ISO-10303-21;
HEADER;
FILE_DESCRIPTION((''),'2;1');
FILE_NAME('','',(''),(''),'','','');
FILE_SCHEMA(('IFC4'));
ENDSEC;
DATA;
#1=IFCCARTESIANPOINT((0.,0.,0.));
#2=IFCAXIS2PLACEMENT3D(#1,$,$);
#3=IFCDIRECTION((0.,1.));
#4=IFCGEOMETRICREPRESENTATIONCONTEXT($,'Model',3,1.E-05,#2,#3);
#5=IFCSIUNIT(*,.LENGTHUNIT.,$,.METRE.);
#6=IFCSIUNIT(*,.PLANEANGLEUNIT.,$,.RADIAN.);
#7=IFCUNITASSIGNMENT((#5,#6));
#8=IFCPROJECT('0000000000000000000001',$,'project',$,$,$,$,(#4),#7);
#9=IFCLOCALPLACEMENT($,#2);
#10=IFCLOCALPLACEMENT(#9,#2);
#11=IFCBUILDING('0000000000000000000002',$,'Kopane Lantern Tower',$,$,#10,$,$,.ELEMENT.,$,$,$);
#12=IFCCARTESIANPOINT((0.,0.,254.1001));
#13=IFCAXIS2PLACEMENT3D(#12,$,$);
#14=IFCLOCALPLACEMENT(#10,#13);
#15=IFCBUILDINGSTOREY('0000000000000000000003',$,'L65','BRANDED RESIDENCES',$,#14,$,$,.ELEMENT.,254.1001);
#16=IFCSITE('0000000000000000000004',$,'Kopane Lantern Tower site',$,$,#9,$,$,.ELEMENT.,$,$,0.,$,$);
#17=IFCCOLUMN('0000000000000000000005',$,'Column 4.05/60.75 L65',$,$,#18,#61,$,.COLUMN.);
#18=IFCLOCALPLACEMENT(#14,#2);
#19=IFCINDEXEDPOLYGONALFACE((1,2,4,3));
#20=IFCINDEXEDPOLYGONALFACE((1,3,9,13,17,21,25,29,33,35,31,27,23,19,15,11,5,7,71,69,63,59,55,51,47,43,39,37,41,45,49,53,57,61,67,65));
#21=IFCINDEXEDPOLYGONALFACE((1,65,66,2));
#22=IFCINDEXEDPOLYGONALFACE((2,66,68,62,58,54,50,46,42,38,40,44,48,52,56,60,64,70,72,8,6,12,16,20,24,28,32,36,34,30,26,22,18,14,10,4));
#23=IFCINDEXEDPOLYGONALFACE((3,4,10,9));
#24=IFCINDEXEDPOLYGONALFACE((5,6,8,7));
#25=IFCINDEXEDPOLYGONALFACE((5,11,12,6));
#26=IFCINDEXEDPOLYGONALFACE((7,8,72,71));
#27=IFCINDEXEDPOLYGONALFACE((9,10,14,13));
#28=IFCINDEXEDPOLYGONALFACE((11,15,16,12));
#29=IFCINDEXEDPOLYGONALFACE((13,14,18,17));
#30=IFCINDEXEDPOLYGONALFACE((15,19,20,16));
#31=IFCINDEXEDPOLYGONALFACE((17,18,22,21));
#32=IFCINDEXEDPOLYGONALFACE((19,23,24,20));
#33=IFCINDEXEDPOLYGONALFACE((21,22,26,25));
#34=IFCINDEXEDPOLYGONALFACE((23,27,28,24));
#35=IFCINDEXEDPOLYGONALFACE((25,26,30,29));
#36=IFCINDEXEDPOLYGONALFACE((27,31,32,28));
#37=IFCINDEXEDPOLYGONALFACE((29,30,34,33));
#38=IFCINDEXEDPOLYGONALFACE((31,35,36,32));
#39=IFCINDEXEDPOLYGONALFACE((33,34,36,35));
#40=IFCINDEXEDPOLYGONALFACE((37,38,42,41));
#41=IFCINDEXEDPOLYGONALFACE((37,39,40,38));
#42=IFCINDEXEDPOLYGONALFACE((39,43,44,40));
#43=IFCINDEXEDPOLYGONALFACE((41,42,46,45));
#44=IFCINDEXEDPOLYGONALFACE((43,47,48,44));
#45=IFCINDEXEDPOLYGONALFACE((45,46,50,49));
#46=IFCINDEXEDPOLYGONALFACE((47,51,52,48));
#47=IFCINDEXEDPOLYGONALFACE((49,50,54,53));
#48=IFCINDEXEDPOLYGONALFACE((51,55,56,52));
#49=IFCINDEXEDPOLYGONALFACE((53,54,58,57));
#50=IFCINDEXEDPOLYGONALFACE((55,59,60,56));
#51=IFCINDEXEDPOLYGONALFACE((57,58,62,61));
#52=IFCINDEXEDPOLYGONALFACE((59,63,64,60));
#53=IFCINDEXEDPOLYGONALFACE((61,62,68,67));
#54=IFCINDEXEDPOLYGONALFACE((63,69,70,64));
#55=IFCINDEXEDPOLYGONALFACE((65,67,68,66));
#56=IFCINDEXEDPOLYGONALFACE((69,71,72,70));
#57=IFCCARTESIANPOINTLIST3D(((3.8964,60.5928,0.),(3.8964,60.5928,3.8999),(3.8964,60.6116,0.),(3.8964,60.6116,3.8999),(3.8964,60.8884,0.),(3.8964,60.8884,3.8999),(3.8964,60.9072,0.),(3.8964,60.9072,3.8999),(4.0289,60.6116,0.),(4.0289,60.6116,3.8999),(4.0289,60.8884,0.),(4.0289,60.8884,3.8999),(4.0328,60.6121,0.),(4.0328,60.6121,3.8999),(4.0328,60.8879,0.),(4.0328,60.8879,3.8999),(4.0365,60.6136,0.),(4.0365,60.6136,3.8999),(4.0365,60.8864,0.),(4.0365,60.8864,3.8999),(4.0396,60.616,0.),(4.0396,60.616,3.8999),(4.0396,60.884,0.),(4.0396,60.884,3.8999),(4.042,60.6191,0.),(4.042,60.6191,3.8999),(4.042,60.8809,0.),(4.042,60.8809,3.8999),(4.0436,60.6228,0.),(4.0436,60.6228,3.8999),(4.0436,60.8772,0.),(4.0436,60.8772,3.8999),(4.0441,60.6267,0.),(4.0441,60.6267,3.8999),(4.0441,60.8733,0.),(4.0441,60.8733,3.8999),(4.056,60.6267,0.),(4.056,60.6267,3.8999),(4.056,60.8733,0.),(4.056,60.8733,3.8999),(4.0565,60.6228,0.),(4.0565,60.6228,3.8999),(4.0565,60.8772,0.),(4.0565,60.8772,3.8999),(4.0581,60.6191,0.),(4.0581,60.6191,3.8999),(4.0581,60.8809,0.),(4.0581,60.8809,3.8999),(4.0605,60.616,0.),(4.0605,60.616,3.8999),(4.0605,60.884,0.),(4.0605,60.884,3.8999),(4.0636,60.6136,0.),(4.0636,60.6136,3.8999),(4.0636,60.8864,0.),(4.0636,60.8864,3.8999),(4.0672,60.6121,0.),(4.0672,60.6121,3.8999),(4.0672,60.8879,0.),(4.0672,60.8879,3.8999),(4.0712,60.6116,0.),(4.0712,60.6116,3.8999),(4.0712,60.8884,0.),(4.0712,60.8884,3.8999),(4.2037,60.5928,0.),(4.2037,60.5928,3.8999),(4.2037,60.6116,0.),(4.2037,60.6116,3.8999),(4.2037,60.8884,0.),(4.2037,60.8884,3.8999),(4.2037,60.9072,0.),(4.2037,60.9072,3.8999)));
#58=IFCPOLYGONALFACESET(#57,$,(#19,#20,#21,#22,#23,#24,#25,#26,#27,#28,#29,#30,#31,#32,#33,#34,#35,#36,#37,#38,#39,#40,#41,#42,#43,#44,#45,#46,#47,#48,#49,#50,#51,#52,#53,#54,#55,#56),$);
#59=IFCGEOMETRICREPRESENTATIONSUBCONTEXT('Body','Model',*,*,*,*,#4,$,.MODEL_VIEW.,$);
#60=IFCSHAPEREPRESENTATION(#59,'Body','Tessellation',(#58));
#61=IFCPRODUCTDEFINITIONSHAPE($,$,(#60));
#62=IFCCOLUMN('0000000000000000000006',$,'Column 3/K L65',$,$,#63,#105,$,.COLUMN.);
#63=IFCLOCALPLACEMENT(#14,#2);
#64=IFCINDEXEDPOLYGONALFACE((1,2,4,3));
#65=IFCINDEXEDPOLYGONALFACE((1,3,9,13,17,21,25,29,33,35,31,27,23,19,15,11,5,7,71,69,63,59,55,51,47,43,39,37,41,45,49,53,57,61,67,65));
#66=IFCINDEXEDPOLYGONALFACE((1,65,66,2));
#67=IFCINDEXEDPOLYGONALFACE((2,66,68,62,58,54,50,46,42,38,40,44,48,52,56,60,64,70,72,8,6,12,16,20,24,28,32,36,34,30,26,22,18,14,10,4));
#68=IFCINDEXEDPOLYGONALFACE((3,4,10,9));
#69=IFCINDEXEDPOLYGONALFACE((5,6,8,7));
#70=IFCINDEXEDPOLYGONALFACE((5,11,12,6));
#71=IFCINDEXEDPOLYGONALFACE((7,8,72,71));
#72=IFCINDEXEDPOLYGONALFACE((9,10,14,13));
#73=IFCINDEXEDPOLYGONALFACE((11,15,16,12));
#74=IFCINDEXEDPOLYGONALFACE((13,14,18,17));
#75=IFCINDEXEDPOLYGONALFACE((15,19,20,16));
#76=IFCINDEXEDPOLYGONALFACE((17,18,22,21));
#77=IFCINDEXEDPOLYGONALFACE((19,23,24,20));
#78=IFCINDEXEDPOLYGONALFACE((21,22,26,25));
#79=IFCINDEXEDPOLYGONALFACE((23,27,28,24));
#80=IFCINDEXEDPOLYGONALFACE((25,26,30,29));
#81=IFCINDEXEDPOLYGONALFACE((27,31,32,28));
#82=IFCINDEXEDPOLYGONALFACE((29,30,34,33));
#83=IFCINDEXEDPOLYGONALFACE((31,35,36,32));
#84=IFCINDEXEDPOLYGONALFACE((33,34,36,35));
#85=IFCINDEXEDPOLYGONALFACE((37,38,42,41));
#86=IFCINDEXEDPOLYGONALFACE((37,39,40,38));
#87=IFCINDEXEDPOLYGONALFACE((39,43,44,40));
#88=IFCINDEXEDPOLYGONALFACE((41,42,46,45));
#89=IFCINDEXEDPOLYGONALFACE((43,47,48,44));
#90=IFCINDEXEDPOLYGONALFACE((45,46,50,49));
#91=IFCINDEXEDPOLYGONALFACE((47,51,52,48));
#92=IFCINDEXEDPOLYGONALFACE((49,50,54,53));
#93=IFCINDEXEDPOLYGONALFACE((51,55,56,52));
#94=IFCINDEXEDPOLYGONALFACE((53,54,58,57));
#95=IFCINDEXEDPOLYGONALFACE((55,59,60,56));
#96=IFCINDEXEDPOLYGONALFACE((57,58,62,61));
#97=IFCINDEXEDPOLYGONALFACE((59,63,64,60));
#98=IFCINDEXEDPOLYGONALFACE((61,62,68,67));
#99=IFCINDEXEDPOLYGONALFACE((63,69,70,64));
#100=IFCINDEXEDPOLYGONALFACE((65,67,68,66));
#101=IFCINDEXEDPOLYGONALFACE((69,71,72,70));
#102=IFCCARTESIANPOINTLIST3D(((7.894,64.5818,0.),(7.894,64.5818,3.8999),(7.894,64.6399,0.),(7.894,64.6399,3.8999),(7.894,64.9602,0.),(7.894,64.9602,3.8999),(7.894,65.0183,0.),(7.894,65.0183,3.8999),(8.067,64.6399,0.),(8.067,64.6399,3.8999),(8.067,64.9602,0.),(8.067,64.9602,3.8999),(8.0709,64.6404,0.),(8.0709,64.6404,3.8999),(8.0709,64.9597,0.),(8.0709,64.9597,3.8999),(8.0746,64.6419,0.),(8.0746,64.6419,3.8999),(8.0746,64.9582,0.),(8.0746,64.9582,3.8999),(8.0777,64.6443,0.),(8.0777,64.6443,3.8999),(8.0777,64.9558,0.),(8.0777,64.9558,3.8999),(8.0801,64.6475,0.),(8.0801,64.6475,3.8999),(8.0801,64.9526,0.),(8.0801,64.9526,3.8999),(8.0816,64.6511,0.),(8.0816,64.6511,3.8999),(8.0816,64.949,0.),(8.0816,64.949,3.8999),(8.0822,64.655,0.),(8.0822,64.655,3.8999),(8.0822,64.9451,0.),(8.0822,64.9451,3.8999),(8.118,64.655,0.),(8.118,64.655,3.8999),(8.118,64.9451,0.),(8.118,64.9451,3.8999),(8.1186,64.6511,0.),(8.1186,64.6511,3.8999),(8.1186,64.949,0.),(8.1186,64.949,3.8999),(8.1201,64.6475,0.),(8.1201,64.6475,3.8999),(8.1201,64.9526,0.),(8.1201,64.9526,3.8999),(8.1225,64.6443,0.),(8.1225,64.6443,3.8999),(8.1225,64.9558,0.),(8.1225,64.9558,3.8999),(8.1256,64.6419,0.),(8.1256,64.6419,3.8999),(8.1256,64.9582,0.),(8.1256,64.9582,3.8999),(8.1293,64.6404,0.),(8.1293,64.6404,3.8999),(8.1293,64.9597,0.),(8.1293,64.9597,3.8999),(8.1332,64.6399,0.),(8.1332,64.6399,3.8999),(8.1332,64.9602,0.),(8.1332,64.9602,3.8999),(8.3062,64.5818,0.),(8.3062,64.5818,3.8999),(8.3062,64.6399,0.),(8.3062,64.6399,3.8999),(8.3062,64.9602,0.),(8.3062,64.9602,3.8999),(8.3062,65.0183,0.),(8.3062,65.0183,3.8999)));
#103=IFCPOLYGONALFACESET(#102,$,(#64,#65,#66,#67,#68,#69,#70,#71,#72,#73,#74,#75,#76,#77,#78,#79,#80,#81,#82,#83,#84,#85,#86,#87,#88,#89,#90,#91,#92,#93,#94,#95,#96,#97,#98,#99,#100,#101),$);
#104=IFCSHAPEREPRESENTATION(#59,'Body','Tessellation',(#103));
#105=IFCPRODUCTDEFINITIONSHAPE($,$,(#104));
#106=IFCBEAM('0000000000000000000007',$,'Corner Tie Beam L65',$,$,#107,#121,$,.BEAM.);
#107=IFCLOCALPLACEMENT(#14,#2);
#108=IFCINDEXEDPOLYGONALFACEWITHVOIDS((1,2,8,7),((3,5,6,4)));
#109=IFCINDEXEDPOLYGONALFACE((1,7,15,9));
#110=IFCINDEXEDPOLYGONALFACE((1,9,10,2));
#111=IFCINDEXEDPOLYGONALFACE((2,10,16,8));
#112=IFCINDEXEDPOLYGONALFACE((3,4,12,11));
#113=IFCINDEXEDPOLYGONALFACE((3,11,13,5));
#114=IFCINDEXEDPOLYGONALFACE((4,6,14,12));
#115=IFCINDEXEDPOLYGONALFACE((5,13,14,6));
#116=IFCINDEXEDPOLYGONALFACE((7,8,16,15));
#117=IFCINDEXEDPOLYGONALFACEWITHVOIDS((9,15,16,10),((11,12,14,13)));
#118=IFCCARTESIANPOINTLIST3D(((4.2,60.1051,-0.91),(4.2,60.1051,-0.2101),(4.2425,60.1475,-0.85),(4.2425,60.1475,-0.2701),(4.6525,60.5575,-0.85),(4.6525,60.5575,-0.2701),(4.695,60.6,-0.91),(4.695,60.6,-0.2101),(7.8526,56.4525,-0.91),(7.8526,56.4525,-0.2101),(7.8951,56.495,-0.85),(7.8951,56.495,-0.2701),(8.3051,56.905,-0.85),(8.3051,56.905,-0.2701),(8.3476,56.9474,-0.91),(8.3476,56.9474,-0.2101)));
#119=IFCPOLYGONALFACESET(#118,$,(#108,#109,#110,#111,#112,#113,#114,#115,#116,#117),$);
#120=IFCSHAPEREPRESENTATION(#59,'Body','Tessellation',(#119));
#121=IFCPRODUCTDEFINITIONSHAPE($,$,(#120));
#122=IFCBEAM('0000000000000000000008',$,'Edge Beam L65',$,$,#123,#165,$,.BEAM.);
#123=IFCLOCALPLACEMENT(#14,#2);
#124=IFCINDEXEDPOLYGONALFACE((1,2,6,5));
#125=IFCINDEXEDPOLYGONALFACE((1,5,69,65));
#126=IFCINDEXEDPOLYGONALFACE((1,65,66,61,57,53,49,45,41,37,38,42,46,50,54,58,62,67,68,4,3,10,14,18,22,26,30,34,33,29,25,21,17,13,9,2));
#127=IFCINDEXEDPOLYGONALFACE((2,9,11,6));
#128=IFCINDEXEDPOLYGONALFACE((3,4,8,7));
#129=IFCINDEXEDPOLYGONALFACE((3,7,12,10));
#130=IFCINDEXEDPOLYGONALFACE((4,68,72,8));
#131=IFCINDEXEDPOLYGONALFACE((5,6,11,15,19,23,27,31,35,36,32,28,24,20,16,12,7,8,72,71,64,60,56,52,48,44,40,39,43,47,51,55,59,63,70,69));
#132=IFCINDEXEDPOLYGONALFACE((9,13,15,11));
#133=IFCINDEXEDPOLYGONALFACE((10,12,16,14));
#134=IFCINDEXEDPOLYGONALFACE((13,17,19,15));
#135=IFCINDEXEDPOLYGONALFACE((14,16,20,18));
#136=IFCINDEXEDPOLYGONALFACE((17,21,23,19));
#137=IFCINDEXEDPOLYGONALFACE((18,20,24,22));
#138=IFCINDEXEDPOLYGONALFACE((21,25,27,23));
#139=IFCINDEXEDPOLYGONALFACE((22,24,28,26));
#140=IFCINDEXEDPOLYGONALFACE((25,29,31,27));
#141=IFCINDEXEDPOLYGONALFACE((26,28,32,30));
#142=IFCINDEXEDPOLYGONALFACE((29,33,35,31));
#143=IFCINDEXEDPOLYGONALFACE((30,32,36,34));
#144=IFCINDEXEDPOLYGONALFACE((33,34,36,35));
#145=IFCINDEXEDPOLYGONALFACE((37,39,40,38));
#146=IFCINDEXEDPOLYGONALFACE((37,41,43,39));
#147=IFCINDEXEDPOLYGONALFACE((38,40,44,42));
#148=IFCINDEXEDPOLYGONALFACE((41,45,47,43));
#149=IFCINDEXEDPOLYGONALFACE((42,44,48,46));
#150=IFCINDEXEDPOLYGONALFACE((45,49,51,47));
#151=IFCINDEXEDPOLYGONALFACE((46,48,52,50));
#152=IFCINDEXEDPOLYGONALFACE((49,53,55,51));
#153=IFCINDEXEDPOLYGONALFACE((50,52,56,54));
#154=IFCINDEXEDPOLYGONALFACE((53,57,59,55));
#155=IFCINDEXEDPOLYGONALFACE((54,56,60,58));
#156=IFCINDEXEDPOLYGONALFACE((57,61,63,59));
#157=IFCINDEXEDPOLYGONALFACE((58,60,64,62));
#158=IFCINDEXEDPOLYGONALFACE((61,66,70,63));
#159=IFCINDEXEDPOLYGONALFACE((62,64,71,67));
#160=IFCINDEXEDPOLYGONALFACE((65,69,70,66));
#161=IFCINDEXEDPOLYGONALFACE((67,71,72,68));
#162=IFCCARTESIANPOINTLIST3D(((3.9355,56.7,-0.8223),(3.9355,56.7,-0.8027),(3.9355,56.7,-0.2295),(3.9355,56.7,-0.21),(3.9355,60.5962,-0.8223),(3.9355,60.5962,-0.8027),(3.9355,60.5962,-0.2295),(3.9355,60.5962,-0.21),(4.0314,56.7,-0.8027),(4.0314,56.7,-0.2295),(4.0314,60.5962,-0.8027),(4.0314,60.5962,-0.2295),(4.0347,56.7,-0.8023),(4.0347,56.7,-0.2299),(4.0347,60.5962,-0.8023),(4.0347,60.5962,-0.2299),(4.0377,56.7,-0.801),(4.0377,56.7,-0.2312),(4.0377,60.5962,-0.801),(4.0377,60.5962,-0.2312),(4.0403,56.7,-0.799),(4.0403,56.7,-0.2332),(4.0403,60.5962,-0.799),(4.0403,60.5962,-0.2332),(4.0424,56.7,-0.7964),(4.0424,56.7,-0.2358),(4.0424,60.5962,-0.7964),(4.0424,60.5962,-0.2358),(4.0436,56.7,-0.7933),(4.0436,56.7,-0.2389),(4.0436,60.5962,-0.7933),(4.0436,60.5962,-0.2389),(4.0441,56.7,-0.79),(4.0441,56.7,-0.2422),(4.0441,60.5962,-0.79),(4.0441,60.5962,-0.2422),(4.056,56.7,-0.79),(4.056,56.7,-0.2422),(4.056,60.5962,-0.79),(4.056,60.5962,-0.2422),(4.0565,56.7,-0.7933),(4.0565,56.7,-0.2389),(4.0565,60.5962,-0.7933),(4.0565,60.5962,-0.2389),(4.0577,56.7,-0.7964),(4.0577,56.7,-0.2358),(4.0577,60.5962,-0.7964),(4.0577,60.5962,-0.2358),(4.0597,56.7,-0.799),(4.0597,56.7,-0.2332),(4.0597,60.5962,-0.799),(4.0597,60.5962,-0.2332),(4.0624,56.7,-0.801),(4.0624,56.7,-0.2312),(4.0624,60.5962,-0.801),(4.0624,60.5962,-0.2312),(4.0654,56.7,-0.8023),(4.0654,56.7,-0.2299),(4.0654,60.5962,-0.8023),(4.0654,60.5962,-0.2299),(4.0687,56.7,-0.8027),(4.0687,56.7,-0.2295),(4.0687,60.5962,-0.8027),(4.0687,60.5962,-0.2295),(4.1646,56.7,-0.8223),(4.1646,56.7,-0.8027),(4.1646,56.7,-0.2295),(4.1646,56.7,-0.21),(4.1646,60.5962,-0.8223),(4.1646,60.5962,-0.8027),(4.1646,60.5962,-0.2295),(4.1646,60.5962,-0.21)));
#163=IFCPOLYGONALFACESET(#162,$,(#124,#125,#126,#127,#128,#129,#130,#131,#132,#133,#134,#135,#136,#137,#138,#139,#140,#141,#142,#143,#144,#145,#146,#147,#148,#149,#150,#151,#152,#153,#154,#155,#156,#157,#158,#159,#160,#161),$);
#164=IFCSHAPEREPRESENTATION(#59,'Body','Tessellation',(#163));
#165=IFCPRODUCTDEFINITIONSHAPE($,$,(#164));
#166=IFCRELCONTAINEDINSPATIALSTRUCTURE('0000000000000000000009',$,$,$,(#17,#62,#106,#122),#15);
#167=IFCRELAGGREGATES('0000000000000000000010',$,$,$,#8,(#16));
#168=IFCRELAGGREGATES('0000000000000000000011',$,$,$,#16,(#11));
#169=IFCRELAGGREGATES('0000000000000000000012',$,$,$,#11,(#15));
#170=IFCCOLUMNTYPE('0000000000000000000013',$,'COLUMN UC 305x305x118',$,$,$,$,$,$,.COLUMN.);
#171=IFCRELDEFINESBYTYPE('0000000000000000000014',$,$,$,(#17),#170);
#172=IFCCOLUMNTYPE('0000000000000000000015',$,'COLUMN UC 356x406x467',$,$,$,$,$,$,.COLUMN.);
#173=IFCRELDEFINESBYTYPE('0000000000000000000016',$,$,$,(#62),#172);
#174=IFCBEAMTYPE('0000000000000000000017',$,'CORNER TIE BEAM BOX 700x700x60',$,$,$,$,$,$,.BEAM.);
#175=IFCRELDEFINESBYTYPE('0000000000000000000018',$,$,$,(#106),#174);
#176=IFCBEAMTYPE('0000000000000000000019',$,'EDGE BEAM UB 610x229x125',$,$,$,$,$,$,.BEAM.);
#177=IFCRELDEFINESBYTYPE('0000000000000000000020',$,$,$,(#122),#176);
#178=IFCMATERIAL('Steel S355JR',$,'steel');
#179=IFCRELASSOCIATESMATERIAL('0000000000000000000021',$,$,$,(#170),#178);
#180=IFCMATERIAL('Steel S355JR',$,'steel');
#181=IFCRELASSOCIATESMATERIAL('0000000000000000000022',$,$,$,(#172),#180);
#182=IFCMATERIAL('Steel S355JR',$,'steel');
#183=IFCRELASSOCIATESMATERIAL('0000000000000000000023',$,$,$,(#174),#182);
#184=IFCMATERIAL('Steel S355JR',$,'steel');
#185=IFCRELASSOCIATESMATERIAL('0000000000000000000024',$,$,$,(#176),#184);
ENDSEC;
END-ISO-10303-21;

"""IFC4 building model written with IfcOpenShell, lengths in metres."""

from ifc_helpers import new_model, si_unit, direction, frame, origin, origin_2d, place, context, subcontext, project, spatial, hollow_rectangle, i_section, extrude, material, material_profile, profile_set, type_object, element, save


model = new_model("IFC4")

# Units and contexts
model_context = context("Model", 3, precision=1e-05, world=origin(), true_north=direction((0.0, 1.0)))
body_context = subcontext(model_context, "Body", "Model", "MODEL_VIEW")
ifc_project = project(units=[si_unit("LENGTHUNIT", "METRE"), si_unit("PLANEANGLEUNIT", "RADIAN")], contexts=[model_context])

# Site, building, storey
site_placement = place(None, origin())
site = spatial("IfcSite", under=ifc_project, at=site_placement, Name="Kopane Lantern Tower site", CompositionType="ELEMENT", RefElevation=0.0)
building_placement = place(site_placement, origin())
building = spatial("IfcBuilding", under=site, at=building_placement, Name="Kopane Lantern Tower", CompositionType="ELEMENT")
storey_placement = place(building_placement, frame((0.0, 0.0, 254.1001)))
storey = spatial("IfcBuildingStorey", under=building, at=storey_placement, Name="L65", Description="BRANDED RESIDENCES", CompositionType="ELEMENT", Elevation=254.1001)

# Columns
ifc_material_1 = material(Name="Steel S355JR", Category="steel")
ifc_material_profile_1 = material_profile(ifc_material_1, i_section(OverallWidth=0.3074, OverallDepth=0.3145, WebThickness=0.012, FlangeThickness=0.0188, FilletRadius=0.0151, at=origin_2d()), Name="UC 305x305x118")
ifc_profile_set_1 = profile_set([ifc_material_profile_1], Name="Steel S355JR")
column_type_1 = type_object("IfcColumnType", Name="COLUMN UC 305x305x118", PredefinedType="COLUMN", material=ifc_profile_set_1)
column_1_placement = place(storey_placement, frame((4.05, 60.75, 0.0), z_axis=(0.0, 0.0, 1.0), x_axis=(1.0, 0.0, 0.0)))
element("IfcColumn", 1, at=column_1_placement, inside=storey, type_object=column_type_1, Name="Column 4.05/60.75 L65", PredefinedType="COLUMN", context=body_context, shape_type="SweptSolid", body=[
    extrude(i_section(OverallWidth=0.3074, OverallDepth=0.3145, WebThickness=0.012, FlangeThickness=0.0188, FilletRadius=0.0151, at=origin_2d()), origin(), (0.0, 0.0, 1.0), 3.8999),
])
ifc_material_2 = material(Name="Steel S355JR", Category="steel")
ifc_material_profile_2 = material_profile(ifc_material_2, i_section(OverallWidth=0.4121, OverallDepth=0.4365, WebThickness=0.0359, FlangeThickness=0.0581, FilletRadius=0.0151, at=origin_2d()), Name="UC 356x406x467")
ifc_profile_set_2 = profile_set([ifc_material_profile_2], Name="Steel S355JR")
column_type_2 = type_object("IfcColumnType", Name="COLUMN UC 356x406x467", PredefinedType="COLUMN", material=ifc_profile_set_2)
column_2_placement = place(storey_placement, frame((8.1001, 64.8, 0.0), z_axis=(0.0, 0.0, 1.0), x_axis=(1.0, 0.0, 0.0)))
element("IfcColumn", 2, at=column_2_placement, inside=storey, type_object=column_type_2, Name="Column 3/K L65", PredefinedType="COLUMN", context=body_context, shape_type="SweptSolid", body=[
    extrude(i_section(OverallWidth=0.4121, OverallDepth=0.4365, WebThickness=0.0359, FlangeThickness=0.0581, FilletRadius=0.0151, at=origin_2d()), origin(), (0.0, 0.0, 1.0), 3.8999),
])

# Beams
ifc_material_3 = material(Name="Steel S355JR", Category="steel")
ifc_material_profile_3 = material_profile(ifc_material_3, hollow_rectangle(XDim=0.7, YDim=0.7, WallThickness=0.0601, at=origin_2d()), Name="BOX 700x700x60")
ifc_profile_set_3 = profile_set([ifc_material_profile_3], Name="Steel S355JR")
beam_type_1 = type_object("IfcBeamType", Name="CORNER TIE BEAM BOX 700x700x60", PredefinedType="BEAM", material=ifc_profile_set_3)
beam_1_placement = place(storey_placement, frame((4.4475, 60.3525, -0.5601), z_axis=(0.707107, -0.707107, 0.0), x_axis=(0.707107, 0.707107, 0.0)))
element("IfcBeam", 3, at=beam_1_placement, inside=storey, type_object=beam_type_1, Name="Corner Tie Beam L65", PredefinedType="BEAM", context=body_context, shape_type="SweptSolid", body=[
    extrude(hollow_rectangle(XDim=0.7, YDim=0.7, WallThickness=0.0601, at=origin_2d()), origin(), (0.0, 0.0, 1.0), 5.1655),
])
ifc_material_4 = material(Name="Steel S355JR", Category="steel")
ifc_material_profile_4 = material_profile(ifc_material_4, i_section(OverallWidth=0.229, OverallDepth=0.6123, WebThickness=0.012, FlangeThickness=0.0195, FilletRadius=0.0127, at=origin_2d()), Name="UB 610x229x125")
ifc_profile_set_4 = profile_set([ifc_material_profile_4], Name="Steel S355JR")
beam_type_2 = type_object("IfcBeamType", Name="EDGE BEAM UB 610x229x125", PredefinedType="BEAM", material=ifc_profile_set_4)
beam_2_placement = place(storey_placement, frame((4.05, 60.5962, -0.5161), z_axis=(0.0, -1.0, 0.0), x_axis=(1.0, 0.0, 0.0)))
element("IfcBeam", 4, at=beam_2_placement, inside=storey, type_object=beam_type_2, Name="Edge Beam L65", PredefinedType="BEAM", context=body_context, shape_type="SweptSolid", body=[
    extrude(i_section(OverallWidth=0.229, OverallDepth=0.6123, WebThickness=0.012, FlangeThickness=0.0195, FilletRadius=0.0127, at=origin_2d()), origin(), (0.0, 0.0, 1.0), 3.8962),
])

save(model, "model.ifc")
